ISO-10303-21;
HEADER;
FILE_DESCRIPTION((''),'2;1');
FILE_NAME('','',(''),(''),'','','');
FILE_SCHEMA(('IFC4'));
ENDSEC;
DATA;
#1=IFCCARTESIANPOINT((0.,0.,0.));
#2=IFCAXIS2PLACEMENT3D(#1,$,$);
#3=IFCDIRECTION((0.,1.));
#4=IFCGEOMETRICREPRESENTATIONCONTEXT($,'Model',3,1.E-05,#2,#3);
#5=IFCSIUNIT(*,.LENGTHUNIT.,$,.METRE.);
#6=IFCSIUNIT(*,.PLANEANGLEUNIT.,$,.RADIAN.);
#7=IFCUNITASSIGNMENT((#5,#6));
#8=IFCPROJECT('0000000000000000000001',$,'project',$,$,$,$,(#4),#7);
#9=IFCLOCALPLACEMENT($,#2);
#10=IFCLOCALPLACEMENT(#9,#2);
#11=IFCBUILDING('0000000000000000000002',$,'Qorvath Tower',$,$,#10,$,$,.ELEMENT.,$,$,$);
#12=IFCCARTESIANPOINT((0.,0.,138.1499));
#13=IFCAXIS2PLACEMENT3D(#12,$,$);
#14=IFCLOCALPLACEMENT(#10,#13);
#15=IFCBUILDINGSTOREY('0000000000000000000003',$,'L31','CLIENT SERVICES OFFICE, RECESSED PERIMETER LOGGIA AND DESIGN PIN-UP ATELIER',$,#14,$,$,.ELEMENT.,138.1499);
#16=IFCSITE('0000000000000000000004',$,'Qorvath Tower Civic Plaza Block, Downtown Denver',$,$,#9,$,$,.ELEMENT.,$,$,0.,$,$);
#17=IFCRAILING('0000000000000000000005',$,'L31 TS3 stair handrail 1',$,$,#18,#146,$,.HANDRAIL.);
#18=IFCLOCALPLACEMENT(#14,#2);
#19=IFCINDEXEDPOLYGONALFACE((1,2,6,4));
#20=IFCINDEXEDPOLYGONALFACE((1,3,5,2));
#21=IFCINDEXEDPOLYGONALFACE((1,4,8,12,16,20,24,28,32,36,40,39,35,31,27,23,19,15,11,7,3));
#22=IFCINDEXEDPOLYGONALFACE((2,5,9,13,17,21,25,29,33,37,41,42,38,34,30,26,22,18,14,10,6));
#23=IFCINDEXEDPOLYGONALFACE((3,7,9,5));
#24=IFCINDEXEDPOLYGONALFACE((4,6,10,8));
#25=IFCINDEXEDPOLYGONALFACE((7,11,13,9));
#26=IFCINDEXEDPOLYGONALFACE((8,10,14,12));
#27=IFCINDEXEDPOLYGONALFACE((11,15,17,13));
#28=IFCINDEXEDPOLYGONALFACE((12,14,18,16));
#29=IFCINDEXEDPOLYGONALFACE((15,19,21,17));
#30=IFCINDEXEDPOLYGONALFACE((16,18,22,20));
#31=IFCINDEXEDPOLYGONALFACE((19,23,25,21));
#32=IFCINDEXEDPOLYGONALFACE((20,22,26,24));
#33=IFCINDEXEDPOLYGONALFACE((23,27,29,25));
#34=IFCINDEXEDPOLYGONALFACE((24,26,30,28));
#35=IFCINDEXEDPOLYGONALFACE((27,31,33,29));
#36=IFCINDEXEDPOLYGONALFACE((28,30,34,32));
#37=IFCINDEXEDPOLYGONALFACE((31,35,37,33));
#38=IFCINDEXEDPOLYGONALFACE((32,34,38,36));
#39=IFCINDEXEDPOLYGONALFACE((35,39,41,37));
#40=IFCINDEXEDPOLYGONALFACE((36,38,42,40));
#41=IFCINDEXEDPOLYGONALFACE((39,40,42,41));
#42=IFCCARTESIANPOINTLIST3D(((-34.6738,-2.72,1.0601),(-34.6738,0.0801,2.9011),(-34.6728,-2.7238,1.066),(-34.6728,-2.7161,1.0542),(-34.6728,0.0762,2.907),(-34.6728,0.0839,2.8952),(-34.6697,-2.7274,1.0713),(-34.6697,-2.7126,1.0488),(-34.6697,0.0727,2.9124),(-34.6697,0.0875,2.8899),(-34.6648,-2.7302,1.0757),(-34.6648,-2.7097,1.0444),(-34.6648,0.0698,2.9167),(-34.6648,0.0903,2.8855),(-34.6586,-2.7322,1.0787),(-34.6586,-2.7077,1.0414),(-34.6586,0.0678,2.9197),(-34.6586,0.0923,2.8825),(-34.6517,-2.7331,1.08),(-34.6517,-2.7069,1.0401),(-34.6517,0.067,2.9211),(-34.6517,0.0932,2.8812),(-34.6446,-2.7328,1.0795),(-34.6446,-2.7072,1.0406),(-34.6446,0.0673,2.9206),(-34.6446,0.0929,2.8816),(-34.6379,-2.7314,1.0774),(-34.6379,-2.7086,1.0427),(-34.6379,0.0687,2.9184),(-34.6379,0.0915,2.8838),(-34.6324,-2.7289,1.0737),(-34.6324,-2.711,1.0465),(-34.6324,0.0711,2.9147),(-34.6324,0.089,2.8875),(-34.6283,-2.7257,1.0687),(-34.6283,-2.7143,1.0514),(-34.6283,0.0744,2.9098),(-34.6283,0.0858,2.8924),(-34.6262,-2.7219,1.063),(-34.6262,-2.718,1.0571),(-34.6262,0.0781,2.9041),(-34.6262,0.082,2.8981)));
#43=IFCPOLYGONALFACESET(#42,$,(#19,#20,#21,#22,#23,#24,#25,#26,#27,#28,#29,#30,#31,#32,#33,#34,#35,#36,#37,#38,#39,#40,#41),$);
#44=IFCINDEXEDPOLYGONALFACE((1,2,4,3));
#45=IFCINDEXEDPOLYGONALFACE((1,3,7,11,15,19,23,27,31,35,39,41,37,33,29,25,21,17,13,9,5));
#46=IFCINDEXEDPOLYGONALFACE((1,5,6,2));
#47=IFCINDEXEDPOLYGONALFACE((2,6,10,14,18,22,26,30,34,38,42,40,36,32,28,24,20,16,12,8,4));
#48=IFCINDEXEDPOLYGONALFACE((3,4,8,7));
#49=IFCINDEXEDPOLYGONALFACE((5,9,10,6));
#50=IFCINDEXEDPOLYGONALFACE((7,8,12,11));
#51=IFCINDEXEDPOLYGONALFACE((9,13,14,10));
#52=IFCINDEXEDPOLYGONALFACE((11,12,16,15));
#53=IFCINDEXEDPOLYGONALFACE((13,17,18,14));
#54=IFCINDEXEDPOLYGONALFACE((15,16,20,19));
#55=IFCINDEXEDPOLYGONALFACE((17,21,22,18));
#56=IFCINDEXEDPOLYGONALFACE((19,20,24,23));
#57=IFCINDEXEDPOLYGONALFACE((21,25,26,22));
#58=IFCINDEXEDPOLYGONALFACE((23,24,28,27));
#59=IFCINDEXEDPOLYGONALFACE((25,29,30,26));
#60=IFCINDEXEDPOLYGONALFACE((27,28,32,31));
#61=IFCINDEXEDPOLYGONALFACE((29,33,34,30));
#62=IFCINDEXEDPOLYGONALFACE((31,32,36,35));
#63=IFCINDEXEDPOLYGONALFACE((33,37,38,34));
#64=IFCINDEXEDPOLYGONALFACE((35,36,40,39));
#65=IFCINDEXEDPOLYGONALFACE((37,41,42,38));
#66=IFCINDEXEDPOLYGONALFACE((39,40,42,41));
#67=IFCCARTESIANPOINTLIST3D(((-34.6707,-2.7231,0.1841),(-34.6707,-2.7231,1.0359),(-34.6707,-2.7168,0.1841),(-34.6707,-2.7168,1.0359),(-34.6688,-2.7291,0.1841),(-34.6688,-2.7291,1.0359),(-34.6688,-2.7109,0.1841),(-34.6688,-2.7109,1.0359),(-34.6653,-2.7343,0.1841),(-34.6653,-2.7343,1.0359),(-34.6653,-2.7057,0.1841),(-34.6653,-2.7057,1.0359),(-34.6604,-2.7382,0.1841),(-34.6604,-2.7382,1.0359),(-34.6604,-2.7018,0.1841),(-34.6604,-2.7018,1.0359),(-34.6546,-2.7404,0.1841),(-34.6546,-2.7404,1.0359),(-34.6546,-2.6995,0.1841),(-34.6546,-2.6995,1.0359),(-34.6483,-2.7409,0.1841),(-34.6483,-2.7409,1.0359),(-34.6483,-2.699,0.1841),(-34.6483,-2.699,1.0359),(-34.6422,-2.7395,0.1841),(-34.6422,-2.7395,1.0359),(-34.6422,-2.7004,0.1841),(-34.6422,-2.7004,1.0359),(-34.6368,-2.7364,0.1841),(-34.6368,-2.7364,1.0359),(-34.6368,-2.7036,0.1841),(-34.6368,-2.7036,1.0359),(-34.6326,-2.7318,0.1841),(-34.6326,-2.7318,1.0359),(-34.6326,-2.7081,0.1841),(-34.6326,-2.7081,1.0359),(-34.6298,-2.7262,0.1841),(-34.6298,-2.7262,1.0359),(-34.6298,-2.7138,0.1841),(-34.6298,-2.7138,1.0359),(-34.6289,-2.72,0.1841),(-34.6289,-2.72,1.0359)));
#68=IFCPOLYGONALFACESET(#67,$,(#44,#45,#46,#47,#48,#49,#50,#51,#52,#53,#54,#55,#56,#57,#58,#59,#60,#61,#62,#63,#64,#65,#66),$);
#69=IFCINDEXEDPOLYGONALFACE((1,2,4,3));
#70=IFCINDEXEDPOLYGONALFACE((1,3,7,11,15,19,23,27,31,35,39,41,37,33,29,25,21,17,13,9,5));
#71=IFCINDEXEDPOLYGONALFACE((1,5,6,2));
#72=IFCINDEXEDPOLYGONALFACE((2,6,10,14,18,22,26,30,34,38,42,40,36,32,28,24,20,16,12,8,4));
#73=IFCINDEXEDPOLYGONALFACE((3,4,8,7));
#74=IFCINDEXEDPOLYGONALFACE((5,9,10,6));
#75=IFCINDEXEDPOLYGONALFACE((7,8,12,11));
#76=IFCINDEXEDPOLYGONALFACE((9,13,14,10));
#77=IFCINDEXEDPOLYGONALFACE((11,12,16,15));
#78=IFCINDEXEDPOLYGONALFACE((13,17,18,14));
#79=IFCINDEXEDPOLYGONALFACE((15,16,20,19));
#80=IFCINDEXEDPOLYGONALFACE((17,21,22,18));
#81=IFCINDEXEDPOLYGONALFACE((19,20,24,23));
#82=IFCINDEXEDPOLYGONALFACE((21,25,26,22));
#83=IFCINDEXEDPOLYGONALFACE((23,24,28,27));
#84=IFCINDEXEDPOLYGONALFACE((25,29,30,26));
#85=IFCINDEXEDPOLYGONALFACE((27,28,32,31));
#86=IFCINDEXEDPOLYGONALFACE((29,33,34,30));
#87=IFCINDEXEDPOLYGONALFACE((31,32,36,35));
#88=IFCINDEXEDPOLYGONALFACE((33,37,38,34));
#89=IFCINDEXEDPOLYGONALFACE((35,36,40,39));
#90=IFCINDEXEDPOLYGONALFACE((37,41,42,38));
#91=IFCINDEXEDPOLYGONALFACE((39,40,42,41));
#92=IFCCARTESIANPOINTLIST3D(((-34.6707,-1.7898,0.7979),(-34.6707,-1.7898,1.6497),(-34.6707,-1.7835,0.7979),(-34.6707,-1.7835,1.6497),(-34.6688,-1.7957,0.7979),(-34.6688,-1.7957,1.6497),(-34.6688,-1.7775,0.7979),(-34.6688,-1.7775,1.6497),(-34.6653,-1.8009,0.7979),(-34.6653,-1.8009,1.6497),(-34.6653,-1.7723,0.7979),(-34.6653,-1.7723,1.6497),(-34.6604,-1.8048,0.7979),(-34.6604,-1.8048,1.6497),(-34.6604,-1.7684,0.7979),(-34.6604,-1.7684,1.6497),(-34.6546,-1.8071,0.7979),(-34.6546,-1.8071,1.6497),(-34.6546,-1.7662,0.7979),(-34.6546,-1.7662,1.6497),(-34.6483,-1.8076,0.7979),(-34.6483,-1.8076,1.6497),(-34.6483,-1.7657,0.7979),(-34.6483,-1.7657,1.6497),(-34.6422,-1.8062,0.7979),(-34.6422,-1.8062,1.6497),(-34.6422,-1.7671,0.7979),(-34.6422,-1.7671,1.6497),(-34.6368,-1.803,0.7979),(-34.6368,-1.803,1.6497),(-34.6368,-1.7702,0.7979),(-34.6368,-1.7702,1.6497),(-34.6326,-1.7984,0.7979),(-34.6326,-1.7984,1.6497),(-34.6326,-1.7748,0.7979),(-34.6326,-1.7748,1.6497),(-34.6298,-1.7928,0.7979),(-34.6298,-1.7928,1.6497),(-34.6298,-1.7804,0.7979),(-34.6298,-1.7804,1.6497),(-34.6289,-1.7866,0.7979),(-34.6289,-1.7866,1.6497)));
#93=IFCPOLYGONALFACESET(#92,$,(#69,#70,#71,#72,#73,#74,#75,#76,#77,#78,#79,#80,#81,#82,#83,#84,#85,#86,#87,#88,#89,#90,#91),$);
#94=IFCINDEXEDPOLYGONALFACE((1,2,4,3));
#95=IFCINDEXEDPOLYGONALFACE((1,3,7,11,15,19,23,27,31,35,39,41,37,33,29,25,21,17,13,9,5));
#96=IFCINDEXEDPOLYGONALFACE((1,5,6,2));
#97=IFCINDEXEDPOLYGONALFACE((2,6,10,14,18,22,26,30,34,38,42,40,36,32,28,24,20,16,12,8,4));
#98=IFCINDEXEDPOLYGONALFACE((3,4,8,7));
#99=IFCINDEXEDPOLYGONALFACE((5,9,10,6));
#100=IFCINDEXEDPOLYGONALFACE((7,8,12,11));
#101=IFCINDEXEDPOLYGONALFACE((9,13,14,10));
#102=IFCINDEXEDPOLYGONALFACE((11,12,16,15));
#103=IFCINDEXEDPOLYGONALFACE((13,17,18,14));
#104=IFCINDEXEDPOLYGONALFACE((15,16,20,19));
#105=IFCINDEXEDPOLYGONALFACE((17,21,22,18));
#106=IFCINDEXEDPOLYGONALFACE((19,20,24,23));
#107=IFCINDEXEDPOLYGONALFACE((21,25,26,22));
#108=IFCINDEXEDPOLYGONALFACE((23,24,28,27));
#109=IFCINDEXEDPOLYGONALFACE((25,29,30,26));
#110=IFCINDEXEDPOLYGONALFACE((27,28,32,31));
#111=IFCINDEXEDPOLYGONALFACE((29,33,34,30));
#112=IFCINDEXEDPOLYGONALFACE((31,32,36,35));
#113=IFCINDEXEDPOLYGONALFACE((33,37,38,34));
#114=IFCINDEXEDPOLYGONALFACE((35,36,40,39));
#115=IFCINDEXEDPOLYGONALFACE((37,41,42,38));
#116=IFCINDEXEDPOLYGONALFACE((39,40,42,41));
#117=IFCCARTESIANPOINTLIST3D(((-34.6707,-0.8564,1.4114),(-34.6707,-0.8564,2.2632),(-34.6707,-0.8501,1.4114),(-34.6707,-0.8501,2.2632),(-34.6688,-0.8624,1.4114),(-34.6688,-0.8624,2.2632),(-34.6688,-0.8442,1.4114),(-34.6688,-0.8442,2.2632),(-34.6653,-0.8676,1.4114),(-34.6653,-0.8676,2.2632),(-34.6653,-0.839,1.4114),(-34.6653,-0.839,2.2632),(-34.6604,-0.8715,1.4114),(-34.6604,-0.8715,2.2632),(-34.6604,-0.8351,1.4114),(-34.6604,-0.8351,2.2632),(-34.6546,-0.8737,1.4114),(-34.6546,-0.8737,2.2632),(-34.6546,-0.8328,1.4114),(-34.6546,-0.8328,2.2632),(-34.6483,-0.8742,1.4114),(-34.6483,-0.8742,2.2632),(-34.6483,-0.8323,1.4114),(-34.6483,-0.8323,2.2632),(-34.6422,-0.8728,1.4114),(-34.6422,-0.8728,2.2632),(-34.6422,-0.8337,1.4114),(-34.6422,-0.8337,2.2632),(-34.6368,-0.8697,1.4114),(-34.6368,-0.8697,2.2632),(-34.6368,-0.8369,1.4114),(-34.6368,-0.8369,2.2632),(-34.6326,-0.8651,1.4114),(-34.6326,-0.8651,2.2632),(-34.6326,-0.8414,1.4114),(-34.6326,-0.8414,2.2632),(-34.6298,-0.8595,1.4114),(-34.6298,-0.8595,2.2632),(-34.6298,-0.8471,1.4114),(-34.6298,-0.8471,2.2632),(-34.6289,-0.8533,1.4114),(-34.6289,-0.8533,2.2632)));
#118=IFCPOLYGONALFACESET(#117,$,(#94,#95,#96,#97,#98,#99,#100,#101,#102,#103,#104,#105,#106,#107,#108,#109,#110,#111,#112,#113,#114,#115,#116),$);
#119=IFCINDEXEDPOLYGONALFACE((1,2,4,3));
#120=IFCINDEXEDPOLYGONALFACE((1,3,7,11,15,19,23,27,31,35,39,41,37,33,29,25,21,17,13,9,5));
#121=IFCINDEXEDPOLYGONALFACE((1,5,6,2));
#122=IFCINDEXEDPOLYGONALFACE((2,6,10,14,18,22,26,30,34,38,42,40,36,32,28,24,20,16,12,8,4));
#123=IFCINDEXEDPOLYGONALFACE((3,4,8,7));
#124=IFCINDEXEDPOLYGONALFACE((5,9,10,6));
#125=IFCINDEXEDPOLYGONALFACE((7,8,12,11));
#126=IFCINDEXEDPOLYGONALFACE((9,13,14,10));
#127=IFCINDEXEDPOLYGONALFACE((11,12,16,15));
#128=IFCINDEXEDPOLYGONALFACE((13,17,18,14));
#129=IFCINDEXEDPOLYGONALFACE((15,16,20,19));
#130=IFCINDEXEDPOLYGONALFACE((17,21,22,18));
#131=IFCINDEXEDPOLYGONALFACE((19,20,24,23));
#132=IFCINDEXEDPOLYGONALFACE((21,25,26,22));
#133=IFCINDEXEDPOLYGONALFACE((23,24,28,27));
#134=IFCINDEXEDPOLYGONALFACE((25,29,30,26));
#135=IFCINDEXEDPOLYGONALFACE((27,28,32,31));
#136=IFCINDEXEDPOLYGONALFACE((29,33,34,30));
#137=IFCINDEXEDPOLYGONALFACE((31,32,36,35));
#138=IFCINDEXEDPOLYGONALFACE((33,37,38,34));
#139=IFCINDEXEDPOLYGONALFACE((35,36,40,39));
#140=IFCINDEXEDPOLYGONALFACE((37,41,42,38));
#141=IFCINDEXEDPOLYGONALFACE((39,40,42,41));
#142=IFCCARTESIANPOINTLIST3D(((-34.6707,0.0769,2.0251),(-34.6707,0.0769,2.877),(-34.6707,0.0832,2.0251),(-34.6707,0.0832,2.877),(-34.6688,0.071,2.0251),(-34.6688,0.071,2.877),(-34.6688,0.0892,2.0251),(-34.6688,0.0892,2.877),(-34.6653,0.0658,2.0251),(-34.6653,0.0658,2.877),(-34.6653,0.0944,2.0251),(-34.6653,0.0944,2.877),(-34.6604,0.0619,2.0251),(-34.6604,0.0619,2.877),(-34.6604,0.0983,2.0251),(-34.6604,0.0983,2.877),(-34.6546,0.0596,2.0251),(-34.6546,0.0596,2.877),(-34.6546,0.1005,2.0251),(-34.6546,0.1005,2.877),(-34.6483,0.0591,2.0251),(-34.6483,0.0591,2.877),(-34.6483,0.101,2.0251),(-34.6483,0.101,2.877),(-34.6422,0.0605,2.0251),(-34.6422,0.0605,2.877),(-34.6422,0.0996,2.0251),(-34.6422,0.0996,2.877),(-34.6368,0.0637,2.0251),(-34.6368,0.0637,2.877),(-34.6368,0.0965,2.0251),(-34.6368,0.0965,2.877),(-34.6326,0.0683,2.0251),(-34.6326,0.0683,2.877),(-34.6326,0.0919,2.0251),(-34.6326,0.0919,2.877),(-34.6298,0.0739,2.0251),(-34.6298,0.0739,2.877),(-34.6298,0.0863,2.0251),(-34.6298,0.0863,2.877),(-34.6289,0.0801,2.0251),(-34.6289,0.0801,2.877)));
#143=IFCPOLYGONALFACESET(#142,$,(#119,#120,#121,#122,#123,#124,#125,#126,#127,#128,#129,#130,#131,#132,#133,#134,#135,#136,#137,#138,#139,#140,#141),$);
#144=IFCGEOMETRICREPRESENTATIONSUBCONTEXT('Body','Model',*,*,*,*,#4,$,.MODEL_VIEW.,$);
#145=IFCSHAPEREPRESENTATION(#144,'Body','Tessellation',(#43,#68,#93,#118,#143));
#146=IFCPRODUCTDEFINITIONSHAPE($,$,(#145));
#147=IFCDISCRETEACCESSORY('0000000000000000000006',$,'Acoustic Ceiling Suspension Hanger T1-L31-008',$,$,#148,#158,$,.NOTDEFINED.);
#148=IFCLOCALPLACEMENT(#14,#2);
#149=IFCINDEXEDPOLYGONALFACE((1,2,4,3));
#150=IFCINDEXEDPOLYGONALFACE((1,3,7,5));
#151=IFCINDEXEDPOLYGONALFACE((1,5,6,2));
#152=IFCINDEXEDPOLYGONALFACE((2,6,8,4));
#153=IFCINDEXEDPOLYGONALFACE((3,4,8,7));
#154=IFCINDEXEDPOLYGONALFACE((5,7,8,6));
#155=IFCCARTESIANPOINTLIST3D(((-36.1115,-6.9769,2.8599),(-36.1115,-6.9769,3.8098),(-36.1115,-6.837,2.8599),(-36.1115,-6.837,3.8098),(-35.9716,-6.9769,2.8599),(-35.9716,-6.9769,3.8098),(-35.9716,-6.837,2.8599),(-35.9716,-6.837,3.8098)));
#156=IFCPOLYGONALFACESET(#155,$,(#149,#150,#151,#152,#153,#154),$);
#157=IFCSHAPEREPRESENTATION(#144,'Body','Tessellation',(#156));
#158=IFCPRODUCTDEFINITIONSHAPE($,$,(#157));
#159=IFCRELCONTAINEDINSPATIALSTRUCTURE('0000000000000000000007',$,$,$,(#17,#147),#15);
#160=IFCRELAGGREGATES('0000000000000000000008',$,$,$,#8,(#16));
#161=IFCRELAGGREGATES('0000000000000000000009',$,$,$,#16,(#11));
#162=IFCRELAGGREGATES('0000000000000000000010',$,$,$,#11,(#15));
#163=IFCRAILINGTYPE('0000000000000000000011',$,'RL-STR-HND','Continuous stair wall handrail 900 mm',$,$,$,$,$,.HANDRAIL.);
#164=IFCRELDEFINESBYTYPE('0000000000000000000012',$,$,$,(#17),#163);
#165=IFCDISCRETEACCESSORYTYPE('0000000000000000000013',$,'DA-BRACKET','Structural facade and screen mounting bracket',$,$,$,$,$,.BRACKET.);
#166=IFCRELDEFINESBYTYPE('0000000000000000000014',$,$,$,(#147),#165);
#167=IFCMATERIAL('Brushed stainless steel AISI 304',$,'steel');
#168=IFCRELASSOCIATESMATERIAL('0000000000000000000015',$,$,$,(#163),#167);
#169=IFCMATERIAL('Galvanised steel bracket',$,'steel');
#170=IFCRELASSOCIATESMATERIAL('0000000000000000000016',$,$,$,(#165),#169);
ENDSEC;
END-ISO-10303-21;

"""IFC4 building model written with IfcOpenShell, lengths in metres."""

from ifc_helpers import new_model, si_unit, direction, frame, origin, origin_2d, place, context, subcontext, project, spatial, rectangle, circle, extrude, material, type_object, element, save


model = new_model("IFC4")

# Units and contexts
model_context = context("Model", 3, precision=1e-05, world=origin(), true_north=direction((0.0, 1.0)))
body_context = subcontext(model_context, "Body", "Model", "MODEL_VIEW")
ifc_project = project(units=[si_unit("LENGTHUNIT", "METRE"), si_unit("PLANEANGLEUNIT", "RADIAN")], contexts=[model_context])

# Site, building, storey
site_placement = place(None, origin())
site = spatial("IfcSite", under=ifc_project, at=site_placement, Name="Qorvath Tower Civic Plaza Block, Downtown Denver", CompositionType="ELEMENT", RefElevation=0.0)
building_placement = place(site_placement, origin())
building = spatial("IfcBuilding", under=site, at=building_placement, Name="Qorvath Tower", CompositionType="ELEMENT")
storey_placement = place(building_placement, frame((0.0, 0.0, 138.1499)))
storey = spatial("IfcBuildingStorey", under=building, at=storey_placement, Name="L31", Description="CLIENT SERVICES OFFICE, RECESSED PERIMETER LOGGIA AND DESIGN PIN-UP ATELIER", CompositionType="ELEMENT", Elevation=138.1499)

# Railing
ifc_material_1 = material(Name="Brushed stainless steel AISI 304", Category="steel")
railing_type_1 = type_object("IfcRailingType", Name="RL-STR-HND", Description="Continuous stair wall handrail 900 mm", PredefinedType="HANDRAIL", material=ifc_material_1)
railing_1_placement = place(storey_placement, frame((-34.6499, -2.72, 0.1841)))
element("IfcRailing", 1, at=railing_1_placement, inside=storey, type_object=railing_type_1, Name="L31 TS3 stair handrail 1", PredefinedType="HANDRAIL", context=body_context, shape_type="SweptSolid", body=[
    extrude(circle(Radius=0.0239, at=origin_2d()), frame((0.0, 0.0, 0.876), z_axis=(0.0, 0.835564, 0.549393), x_axis=(-1.0, 0.0, 0.0)), (0.0, 0.0, 1.0), 3.3511),
    extrude(circle(Radius=0.021, at=origin_2d()), origin(), (0.0, 0.0, 1.0), 0.8518),
    extrude(circle(Radius=0.021, at=origin_2d()), frame((0.0, 0.9333, 0.6138)), (0.0, 0.0, 1.0), 0.8518),
    extrude(circle(Radius=0.021, at=origin_2d()), frame((0.0, 1.8667, 1.2273)), (0.0, 0.0, 1.0), 0.8518),
    extrude(circle(Radius=0.021, at=origin_2d()), frame((0.0, 2.8, 1.8411)), (0.0, 0.0, 1.0), 0.8518),
])

# Discrete accessory
ifc_material_2 = material(Name="Galvanised steel bracket", Category="steel")
discrete_accessory_type = type_object("IfcDiscreteAccessoryType", Name="DA-BRACKET", Description="Structural facade and screen mounting bracket", PredefinedType="BRACKET", material=ifc_material_2)
discrete_accessory_placement = place(storey_placement, frame((-36.0415, -6.907, 2.8599), z_axis=(0.0, 0.0, 1.0), x_axis=(1.0, 0.0, 0.0)))
element("IfcDiscreteAccessory", 2, at=discrete_accessory_placement, inside=storey, type_object=discrete_accessory_type, Name="Acoustic Ceiling Suspension Hanger T1-L31-008", PredefinedType="NOTDEFINED", context=body_context, shape_type="SweptSolid", body=[
    extrude(rectangle(XDim=0.1399, YDim=0.1399, at=origin_2d()), origin(), (0.0, 0.0, 1.0), 0.95),
])

save(model, "model.ifc")
